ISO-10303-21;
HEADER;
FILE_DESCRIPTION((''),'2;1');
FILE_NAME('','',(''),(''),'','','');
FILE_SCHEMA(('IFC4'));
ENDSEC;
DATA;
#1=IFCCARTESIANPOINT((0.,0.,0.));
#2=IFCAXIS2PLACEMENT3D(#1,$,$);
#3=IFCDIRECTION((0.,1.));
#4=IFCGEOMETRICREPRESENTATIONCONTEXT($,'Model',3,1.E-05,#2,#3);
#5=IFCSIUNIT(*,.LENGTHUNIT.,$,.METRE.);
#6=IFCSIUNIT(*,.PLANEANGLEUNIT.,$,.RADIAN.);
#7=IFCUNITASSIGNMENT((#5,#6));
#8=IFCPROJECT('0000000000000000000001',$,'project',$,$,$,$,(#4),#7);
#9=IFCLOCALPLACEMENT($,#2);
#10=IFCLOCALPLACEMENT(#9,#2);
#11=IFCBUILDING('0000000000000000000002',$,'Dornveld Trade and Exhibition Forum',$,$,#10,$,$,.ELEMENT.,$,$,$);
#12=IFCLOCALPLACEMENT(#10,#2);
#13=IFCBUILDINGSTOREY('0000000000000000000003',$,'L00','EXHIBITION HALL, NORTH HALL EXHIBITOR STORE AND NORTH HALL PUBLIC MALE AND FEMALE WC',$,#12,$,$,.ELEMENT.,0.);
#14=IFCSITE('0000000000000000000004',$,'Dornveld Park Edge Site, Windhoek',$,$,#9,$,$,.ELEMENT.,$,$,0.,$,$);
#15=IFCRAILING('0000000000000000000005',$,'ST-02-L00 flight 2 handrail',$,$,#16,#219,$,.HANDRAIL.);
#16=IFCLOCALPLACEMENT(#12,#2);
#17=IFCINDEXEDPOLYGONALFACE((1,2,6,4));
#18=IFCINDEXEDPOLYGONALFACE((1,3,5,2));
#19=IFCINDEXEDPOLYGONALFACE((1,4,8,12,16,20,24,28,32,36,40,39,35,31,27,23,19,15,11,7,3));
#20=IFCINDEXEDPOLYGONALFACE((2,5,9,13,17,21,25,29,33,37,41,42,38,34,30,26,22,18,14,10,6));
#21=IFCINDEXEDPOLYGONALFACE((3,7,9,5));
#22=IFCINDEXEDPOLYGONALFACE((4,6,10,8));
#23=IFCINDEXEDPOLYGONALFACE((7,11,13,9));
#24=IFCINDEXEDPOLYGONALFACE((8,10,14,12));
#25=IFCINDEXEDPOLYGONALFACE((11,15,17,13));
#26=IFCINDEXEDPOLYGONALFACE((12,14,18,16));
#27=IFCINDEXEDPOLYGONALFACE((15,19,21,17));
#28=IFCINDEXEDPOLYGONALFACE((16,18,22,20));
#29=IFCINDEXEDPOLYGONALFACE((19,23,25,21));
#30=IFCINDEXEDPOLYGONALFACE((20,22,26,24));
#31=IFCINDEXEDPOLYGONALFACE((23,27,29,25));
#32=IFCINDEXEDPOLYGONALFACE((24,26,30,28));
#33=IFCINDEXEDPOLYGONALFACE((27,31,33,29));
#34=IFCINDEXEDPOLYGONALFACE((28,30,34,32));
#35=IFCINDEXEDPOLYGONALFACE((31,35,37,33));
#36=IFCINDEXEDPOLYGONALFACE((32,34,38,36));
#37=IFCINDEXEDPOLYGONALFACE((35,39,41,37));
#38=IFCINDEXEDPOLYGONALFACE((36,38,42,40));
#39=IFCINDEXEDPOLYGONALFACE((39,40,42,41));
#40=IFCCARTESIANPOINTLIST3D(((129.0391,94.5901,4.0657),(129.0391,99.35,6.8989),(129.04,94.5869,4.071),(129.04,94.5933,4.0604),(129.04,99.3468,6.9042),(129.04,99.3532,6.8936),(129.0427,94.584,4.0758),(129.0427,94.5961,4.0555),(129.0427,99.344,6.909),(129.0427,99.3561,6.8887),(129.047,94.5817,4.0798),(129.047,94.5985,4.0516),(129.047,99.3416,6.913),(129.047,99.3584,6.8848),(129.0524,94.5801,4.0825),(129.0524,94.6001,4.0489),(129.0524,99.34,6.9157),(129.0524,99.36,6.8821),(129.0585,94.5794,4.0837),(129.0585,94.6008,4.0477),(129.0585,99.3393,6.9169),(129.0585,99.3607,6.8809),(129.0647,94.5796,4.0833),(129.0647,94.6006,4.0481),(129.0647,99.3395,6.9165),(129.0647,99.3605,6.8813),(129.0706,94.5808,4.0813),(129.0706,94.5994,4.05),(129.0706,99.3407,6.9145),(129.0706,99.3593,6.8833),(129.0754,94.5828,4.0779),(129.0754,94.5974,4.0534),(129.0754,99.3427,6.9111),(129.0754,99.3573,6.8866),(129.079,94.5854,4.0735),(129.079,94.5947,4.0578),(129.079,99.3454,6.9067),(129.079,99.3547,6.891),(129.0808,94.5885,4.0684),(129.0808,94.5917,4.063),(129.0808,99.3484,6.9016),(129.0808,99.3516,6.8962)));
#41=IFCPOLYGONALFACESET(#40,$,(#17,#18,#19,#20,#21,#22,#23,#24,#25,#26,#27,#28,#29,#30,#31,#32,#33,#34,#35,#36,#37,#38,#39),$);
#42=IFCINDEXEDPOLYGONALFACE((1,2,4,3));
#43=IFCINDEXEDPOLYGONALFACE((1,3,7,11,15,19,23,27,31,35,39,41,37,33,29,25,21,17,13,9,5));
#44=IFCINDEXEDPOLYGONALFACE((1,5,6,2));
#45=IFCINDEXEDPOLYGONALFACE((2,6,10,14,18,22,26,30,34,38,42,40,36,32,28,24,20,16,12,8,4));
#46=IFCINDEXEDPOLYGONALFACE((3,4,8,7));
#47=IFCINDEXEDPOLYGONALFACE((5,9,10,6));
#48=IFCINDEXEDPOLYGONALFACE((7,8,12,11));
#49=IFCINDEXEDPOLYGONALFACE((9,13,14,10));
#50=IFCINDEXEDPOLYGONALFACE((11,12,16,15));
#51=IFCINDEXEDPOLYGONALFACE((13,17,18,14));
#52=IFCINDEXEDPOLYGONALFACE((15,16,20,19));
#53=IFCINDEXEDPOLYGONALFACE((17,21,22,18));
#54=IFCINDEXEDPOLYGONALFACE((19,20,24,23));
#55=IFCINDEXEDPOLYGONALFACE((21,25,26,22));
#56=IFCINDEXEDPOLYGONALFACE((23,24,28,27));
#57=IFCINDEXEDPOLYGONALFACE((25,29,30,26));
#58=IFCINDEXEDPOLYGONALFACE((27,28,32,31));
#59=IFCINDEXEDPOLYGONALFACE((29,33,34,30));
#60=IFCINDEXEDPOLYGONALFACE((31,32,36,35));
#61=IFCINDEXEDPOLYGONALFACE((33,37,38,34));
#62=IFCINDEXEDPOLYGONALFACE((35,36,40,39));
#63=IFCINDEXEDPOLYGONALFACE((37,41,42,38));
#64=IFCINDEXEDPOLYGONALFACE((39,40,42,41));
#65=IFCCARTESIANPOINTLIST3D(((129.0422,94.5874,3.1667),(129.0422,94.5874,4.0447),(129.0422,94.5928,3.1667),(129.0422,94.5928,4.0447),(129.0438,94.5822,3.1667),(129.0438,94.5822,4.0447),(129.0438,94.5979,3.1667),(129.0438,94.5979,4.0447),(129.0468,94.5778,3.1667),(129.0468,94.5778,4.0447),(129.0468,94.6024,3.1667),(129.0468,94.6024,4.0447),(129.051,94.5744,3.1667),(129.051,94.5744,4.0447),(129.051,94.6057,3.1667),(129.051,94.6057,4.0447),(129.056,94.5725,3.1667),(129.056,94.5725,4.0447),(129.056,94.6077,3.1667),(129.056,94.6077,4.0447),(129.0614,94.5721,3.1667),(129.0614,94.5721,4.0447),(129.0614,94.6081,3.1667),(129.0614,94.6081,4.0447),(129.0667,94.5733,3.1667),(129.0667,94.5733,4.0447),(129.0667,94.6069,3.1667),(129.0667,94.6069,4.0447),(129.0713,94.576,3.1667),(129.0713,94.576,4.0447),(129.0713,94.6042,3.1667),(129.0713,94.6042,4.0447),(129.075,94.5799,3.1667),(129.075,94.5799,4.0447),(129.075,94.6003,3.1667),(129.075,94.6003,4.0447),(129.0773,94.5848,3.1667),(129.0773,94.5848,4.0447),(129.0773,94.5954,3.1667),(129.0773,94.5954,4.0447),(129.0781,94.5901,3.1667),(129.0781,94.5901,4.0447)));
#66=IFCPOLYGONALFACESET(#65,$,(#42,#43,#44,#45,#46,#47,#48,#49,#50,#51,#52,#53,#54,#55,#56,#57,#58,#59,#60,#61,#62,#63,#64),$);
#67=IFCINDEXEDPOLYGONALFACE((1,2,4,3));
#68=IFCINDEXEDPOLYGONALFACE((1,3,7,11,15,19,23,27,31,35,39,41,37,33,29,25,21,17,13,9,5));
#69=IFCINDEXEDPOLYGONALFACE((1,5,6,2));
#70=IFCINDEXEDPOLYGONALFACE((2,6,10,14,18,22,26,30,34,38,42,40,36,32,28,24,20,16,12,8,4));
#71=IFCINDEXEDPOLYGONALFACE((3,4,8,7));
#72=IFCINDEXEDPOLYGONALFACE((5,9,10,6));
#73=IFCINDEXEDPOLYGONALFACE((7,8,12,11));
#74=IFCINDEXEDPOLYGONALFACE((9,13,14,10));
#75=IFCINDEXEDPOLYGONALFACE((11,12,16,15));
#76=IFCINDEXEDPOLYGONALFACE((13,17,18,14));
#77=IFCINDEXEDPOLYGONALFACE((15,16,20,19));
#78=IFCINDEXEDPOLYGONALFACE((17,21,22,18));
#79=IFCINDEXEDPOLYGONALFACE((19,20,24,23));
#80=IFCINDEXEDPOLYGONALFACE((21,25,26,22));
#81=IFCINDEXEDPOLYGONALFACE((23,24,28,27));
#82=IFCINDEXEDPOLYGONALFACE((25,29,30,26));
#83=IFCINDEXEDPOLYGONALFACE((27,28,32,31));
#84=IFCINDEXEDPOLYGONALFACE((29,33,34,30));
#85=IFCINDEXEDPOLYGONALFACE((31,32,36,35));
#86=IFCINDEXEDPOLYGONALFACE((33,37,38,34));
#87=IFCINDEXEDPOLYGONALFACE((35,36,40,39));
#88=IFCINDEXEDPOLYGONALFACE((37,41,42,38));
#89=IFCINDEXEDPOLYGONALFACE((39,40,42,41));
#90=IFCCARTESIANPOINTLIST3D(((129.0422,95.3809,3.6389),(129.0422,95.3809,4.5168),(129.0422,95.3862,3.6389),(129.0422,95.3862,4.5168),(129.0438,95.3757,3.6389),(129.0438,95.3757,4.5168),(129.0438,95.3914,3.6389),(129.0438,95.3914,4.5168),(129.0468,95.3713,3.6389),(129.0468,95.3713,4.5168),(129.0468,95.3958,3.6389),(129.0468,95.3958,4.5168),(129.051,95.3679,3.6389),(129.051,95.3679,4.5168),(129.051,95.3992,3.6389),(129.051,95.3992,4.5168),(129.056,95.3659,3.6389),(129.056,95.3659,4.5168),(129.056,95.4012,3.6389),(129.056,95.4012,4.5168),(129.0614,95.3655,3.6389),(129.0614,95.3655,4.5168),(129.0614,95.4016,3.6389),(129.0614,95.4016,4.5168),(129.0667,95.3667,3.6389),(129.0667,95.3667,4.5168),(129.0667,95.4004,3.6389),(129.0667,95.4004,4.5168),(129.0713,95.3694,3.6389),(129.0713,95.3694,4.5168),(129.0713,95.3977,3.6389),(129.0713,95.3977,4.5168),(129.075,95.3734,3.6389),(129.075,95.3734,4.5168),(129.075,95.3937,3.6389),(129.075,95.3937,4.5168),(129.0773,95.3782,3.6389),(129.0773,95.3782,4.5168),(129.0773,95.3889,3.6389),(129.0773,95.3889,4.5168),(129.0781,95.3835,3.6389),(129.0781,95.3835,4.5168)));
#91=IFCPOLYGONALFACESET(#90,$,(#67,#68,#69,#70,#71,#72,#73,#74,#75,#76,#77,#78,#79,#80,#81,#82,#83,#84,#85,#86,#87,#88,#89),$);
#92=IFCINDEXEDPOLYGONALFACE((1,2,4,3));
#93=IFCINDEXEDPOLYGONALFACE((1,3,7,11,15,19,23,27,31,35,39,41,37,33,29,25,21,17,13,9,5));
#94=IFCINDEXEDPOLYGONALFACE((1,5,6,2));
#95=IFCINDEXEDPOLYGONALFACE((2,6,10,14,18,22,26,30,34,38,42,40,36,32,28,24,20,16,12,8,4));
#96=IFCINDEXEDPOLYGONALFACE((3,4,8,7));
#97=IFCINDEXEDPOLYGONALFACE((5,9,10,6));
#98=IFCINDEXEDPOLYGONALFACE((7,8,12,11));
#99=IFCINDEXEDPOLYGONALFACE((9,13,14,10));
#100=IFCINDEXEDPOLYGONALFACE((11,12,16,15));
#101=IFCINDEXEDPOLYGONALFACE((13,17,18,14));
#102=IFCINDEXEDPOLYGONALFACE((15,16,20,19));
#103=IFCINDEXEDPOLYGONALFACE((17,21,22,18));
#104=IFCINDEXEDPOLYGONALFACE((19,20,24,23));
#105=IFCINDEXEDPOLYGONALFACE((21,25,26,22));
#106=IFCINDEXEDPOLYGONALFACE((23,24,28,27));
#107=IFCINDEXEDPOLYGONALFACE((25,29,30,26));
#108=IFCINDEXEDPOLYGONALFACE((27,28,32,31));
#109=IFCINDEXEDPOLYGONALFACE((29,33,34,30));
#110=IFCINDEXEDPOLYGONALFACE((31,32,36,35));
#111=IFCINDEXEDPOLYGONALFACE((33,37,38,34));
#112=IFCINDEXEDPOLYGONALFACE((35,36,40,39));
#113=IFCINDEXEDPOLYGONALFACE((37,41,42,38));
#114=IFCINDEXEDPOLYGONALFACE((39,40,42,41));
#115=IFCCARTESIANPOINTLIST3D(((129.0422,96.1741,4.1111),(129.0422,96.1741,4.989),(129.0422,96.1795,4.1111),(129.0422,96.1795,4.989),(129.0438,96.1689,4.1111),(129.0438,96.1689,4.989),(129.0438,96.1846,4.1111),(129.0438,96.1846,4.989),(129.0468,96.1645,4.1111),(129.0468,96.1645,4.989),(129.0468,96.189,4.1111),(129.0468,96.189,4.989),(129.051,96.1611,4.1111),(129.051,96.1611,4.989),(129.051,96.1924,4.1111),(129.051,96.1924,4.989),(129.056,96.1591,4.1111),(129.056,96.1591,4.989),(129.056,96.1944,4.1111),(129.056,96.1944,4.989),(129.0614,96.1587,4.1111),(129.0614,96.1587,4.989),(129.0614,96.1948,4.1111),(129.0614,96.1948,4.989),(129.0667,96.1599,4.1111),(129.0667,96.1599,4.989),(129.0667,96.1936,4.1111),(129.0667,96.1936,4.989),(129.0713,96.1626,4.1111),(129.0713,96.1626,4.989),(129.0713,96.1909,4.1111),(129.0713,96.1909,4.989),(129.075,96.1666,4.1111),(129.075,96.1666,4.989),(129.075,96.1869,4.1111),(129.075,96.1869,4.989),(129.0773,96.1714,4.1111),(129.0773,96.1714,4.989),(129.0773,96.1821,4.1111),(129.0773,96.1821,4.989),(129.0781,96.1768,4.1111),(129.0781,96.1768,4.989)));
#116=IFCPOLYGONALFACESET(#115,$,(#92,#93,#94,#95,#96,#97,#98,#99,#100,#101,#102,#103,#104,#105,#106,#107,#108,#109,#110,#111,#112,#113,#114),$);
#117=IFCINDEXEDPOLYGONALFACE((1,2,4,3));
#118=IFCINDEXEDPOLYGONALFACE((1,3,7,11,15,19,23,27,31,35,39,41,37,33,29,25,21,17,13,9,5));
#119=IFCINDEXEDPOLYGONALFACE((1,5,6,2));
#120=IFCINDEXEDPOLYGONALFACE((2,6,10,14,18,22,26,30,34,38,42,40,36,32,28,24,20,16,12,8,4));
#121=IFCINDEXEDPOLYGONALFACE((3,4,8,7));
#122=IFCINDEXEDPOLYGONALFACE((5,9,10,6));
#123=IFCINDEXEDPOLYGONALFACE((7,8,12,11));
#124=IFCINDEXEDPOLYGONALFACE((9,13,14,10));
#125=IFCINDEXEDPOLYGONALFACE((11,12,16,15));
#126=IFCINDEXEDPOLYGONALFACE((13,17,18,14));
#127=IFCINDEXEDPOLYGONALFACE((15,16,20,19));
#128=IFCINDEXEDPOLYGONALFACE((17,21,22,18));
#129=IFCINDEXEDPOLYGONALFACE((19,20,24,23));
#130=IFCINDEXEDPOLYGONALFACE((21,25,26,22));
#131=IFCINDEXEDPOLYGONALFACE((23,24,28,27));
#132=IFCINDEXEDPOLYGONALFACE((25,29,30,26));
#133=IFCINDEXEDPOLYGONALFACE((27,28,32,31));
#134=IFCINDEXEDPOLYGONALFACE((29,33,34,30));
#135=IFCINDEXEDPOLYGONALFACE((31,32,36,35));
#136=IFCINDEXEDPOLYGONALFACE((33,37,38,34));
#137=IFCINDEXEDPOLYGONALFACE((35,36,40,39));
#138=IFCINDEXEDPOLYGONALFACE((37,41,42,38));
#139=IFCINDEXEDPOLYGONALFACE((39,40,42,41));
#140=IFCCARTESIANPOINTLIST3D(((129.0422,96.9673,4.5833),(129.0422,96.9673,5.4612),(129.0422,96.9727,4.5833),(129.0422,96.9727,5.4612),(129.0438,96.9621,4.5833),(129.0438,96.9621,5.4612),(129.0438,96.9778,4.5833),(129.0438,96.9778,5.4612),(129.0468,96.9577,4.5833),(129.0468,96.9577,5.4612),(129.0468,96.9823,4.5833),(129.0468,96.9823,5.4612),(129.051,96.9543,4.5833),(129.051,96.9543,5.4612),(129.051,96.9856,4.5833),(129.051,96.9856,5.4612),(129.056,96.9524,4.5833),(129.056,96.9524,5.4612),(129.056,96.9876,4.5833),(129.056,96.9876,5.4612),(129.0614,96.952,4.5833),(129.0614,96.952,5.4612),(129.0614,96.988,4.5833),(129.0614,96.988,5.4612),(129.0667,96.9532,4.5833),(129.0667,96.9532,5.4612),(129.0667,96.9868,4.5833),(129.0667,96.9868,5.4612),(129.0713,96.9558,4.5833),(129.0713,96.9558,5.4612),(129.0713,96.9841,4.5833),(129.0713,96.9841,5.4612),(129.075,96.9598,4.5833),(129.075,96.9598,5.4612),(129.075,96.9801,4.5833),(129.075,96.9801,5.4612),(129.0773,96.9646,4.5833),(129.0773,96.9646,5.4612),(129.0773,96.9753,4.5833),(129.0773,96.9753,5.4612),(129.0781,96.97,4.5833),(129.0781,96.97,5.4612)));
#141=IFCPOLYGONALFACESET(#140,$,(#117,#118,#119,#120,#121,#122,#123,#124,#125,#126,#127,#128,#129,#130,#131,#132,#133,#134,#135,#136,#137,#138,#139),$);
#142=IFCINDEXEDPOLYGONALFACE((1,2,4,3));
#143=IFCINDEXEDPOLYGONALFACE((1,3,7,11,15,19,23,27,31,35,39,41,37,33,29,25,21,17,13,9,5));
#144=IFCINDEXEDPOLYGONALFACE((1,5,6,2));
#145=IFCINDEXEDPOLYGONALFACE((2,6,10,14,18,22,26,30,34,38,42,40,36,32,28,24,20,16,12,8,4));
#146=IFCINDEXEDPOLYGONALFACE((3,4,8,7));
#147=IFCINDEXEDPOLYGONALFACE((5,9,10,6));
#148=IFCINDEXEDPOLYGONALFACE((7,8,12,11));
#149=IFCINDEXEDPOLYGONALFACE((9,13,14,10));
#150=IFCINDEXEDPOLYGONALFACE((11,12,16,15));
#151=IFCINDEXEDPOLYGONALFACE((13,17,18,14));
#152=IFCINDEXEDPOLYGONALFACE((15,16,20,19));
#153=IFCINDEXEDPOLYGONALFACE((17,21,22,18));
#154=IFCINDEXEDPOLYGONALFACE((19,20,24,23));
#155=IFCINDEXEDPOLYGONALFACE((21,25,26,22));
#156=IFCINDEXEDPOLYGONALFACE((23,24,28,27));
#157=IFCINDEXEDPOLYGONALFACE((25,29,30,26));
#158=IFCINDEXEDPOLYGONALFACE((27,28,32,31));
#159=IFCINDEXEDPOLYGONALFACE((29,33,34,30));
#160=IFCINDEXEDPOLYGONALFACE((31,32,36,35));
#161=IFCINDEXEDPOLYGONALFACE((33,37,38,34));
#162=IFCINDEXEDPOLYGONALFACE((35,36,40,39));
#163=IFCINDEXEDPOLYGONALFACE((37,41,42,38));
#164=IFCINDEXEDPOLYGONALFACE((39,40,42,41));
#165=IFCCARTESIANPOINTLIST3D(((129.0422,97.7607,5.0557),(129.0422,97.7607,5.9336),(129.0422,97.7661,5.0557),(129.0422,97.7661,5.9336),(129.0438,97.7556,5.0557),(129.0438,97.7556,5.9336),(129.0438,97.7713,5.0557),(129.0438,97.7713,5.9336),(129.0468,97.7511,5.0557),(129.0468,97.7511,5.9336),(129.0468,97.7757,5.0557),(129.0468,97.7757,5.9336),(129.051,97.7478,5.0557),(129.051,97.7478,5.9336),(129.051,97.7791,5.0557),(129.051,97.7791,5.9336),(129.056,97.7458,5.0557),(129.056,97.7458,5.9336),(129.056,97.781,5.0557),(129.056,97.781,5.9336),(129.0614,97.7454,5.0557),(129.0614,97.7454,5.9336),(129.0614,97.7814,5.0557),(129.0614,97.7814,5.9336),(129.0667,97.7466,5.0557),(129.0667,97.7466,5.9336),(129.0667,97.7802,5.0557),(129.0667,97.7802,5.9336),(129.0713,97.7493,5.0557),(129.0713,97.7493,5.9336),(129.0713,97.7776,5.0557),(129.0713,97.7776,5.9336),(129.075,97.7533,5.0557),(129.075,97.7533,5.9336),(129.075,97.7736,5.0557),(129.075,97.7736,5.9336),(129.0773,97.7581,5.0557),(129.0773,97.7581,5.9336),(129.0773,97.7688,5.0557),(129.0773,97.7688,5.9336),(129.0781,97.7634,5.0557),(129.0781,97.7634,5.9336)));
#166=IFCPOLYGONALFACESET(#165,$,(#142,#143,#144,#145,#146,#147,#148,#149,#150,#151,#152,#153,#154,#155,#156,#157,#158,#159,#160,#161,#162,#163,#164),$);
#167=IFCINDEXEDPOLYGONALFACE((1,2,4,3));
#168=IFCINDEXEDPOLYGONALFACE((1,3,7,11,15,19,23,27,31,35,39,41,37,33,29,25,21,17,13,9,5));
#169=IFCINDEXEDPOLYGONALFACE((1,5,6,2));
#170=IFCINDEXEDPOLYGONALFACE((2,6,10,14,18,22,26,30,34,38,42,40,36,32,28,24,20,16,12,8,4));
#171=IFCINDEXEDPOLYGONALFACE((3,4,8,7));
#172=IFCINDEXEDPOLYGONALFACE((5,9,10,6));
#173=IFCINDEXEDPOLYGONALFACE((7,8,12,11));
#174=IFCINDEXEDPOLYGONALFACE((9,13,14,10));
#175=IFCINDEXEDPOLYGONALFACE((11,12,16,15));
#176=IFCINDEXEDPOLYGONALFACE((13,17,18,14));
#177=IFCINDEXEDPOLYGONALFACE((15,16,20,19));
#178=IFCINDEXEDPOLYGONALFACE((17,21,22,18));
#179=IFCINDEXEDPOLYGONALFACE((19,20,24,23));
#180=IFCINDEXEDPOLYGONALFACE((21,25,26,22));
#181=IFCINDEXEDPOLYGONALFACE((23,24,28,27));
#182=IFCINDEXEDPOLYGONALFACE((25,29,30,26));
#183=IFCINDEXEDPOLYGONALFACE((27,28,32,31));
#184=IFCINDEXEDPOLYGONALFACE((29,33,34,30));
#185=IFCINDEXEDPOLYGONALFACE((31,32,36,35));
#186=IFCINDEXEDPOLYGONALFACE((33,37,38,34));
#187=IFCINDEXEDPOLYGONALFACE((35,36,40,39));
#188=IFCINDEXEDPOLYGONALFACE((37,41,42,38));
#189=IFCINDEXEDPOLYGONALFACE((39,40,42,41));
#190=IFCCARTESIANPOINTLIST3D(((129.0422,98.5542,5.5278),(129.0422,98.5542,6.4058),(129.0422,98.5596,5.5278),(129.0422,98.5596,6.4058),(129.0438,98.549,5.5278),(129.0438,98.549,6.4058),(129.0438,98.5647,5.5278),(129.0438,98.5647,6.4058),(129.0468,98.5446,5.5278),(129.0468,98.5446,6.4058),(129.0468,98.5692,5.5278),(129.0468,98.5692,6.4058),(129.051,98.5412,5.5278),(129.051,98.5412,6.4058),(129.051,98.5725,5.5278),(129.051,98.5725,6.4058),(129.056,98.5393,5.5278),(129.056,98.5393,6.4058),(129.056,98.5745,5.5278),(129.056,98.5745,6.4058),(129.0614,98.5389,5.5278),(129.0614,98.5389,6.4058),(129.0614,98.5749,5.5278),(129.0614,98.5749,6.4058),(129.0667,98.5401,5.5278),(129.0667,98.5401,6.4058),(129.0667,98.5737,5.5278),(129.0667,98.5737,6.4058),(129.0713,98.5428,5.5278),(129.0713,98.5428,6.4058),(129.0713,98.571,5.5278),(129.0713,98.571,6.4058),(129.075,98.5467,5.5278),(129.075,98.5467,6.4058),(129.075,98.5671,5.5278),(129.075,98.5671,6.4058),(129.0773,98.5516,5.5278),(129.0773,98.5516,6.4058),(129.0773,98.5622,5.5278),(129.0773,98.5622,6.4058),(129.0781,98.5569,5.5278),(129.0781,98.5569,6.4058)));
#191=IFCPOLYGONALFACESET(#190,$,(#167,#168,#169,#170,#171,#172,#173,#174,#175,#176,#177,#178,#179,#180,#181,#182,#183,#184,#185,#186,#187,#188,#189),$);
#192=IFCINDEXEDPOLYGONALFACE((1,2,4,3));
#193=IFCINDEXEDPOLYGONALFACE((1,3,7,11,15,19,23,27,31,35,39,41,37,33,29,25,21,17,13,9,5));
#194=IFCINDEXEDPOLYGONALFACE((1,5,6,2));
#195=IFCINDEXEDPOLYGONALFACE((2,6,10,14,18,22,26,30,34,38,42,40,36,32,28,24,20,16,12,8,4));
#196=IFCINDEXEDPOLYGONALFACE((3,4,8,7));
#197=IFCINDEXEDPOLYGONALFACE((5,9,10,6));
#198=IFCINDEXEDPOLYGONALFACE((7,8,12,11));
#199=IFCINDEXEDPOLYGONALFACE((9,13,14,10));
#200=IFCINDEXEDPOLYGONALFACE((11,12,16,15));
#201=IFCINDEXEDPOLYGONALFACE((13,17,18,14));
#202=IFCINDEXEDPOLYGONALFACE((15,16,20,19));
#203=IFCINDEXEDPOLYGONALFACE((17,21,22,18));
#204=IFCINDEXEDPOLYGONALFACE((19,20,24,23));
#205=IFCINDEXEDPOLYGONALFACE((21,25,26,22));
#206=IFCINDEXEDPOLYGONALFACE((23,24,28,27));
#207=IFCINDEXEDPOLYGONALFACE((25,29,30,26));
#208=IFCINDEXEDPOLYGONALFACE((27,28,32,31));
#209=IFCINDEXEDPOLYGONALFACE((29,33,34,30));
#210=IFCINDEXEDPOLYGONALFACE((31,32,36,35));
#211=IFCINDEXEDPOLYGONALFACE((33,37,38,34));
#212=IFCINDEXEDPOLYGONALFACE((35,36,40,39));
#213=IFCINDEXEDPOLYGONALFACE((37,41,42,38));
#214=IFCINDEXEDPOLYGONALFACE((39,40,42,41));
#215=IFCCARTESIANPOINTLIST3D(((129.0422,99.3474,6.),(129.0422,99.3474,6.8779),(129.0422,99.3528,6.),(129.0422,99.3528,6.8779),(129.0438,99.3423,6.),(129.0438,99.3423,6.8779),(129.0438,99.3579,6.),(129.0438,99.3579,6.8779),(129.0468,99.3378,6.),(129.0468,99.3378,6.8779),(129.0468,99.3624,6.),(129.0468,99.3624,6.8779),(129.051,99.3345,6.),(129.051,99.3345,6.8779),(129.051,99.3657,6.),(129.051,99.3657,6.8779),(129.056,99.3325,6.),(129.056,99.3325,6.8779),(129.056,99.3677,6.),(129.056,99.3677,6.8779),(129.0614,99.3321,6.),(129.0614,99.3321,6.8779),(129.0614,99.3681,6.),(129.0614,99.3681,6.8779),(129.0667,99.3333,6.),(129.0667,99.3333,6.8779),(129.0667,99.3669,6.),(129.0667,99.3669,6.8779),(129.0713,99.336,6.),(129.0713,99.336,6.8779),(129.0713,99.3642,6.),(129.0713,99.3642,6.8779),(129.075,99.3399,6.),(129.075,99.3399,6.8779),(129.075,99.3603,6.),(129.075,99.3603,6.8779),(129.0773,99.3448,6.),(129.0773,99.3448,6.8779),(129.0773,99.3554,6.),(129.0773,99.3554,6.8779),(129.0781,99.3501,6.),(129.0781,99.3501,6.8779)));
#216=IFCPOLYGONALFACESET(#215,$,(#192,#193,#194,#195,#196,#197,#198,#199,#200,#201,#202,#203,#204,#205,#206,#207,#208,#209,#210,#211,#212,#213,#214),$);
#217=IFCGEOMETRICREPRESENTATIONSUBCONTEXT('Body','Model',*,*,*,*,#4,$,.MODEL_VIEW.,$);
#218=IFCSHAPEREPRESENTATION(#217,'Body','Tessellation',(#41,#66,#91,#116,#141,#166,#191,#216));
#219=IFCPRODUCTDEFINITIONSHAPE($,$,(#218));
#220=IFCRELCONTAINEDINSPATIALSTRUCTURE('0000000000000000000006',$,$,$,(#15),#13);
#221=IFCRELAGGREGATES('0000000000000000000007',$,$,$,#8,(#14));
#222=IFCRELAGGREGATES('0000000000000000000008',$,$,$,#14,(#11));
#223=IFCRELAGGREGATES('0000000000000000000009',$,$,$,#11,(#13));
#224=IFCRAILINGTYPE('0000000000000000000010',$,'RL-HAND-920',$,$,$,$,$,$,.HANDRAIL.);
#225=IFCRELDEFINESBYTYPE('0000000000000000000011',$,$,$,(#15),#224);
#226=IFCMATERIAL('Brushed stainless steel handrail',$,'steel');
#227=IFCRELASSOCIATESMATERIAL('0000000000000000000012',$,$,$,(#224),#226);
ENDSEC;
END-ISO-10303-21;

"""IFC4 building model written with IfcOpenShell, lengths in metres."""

from ifc_helpers import new_model, si_unit, direction, frame, origin, origin_2d, place, context, subcontext, project, spatial, circle, extrude, material, type_object, element, save


model = new_model("IFC4")

# Units and contexts
model_context = context("Model", 3, precision=1e-05, world=origin(), true_north=direction((0.0, 1.0)))
body_context = subcontext(model_context, "Body", "Model", "MODEL_VIEW")
ifc_project = project(units=[si_unit("LENGTHUNIT", "METRE"), si_unit("PLANEANGLEUNIT", "RADIAN")], contexts=[model_context])

# Site, building, storey
site_placement = place(None, origin())
site = spatial("IfcSite", under=ifc_project, at=site_placement, Name="Dornveld Park Edge Site, Windhoek", CompositionType="ELEMENT", RefElevation=0.0)
building_placement = place(site_placement, origin())
building = spatial("IfcBuilding", under=site, at=building_placement, Name="Dornveld Trade and Exhibition Forum", CompositionType="ELEMENT")
storey_placement = place(building_placement, origin())
storey = spatial("IfcBuildingStorey", under=building, at=storey_placement, Name="L00", Description="EXHIBITION HALL, NORTH HALL EXHIBITOR STORE AND NORTH HALL PUBLIC MALE AND FEMALE WC", CompositionType="ELEMENT", Elevation=0.0)

# Railing
ifc_material_1 = material(Name="Brushed stainless steel handrail", Category="steel")
railing_type_1 = type_object("IfcRailingType", Name="RL-HAND-920", PredefinedType="HANDRAIL", material=ifc_material_1)
railing_1_placement = place(storey_placement, frame((129.0601, 94.5901, 3.1667)))
element("IfcRailing", 1, at=railing_1_placement, inside=storey, type_object=railing_type_1, Name="ST-02-L00 flight 2 handrail", PredefinedType="HANDRAIL", context=body_context, shape_type="SweptSolid", body=[
    extrude(circle(Radius=0.021, at=origin_2d()), frame((0.0, 0.0, 0.8989), z_axis=(0.0, 0.8593, 0.511472), x_axis=(-1.0, 0.0, 0.0)), (0.0, 0.0, 1.0), 5.5393),
    extrude(circle(Radius=0.0181, at=origin_2d()), origin(), (0.0, 0.0, 1.0), 0.8779),
    extrude(circle(Radius=0.0181, at=origin_2d()), frame((0.0, 0.7935, 0.4722)), (0.0, 0.0, 1.0), 0.8779),
    extrude(circle(Radius=0.0181, at=origin_2d()), frame((0.0, 1.5867, 0.9443)), (0.0, 0.0, 1.0), 0.8779),
    extrude(circle(Radius=0.0181, at=origin_2d()), frame((0.0, 2.3799, 1.4165)), (0.0, 0.0, 1.0), 0.8779),
    extrude(circle(Radius=0.0181, at=origin_2d()), frame((0.0, 3.1733, 1.8889)), (0.0, 0.0, 1.0), 0.8779),
    extrude(circle(Radius=0.0181, at=origin_2d()), frame((0.0, 3.9668, 2.3611)), (0.0, 0.0, 1.0), 0.8779),
    extrude(circle(Radius=0.0181, at=origin_2d()), frame((0.0, 4.76, 2.8333)), (0.0, 0.0, 1.0), 0.8779),
])

save(model, "model.ifc")
